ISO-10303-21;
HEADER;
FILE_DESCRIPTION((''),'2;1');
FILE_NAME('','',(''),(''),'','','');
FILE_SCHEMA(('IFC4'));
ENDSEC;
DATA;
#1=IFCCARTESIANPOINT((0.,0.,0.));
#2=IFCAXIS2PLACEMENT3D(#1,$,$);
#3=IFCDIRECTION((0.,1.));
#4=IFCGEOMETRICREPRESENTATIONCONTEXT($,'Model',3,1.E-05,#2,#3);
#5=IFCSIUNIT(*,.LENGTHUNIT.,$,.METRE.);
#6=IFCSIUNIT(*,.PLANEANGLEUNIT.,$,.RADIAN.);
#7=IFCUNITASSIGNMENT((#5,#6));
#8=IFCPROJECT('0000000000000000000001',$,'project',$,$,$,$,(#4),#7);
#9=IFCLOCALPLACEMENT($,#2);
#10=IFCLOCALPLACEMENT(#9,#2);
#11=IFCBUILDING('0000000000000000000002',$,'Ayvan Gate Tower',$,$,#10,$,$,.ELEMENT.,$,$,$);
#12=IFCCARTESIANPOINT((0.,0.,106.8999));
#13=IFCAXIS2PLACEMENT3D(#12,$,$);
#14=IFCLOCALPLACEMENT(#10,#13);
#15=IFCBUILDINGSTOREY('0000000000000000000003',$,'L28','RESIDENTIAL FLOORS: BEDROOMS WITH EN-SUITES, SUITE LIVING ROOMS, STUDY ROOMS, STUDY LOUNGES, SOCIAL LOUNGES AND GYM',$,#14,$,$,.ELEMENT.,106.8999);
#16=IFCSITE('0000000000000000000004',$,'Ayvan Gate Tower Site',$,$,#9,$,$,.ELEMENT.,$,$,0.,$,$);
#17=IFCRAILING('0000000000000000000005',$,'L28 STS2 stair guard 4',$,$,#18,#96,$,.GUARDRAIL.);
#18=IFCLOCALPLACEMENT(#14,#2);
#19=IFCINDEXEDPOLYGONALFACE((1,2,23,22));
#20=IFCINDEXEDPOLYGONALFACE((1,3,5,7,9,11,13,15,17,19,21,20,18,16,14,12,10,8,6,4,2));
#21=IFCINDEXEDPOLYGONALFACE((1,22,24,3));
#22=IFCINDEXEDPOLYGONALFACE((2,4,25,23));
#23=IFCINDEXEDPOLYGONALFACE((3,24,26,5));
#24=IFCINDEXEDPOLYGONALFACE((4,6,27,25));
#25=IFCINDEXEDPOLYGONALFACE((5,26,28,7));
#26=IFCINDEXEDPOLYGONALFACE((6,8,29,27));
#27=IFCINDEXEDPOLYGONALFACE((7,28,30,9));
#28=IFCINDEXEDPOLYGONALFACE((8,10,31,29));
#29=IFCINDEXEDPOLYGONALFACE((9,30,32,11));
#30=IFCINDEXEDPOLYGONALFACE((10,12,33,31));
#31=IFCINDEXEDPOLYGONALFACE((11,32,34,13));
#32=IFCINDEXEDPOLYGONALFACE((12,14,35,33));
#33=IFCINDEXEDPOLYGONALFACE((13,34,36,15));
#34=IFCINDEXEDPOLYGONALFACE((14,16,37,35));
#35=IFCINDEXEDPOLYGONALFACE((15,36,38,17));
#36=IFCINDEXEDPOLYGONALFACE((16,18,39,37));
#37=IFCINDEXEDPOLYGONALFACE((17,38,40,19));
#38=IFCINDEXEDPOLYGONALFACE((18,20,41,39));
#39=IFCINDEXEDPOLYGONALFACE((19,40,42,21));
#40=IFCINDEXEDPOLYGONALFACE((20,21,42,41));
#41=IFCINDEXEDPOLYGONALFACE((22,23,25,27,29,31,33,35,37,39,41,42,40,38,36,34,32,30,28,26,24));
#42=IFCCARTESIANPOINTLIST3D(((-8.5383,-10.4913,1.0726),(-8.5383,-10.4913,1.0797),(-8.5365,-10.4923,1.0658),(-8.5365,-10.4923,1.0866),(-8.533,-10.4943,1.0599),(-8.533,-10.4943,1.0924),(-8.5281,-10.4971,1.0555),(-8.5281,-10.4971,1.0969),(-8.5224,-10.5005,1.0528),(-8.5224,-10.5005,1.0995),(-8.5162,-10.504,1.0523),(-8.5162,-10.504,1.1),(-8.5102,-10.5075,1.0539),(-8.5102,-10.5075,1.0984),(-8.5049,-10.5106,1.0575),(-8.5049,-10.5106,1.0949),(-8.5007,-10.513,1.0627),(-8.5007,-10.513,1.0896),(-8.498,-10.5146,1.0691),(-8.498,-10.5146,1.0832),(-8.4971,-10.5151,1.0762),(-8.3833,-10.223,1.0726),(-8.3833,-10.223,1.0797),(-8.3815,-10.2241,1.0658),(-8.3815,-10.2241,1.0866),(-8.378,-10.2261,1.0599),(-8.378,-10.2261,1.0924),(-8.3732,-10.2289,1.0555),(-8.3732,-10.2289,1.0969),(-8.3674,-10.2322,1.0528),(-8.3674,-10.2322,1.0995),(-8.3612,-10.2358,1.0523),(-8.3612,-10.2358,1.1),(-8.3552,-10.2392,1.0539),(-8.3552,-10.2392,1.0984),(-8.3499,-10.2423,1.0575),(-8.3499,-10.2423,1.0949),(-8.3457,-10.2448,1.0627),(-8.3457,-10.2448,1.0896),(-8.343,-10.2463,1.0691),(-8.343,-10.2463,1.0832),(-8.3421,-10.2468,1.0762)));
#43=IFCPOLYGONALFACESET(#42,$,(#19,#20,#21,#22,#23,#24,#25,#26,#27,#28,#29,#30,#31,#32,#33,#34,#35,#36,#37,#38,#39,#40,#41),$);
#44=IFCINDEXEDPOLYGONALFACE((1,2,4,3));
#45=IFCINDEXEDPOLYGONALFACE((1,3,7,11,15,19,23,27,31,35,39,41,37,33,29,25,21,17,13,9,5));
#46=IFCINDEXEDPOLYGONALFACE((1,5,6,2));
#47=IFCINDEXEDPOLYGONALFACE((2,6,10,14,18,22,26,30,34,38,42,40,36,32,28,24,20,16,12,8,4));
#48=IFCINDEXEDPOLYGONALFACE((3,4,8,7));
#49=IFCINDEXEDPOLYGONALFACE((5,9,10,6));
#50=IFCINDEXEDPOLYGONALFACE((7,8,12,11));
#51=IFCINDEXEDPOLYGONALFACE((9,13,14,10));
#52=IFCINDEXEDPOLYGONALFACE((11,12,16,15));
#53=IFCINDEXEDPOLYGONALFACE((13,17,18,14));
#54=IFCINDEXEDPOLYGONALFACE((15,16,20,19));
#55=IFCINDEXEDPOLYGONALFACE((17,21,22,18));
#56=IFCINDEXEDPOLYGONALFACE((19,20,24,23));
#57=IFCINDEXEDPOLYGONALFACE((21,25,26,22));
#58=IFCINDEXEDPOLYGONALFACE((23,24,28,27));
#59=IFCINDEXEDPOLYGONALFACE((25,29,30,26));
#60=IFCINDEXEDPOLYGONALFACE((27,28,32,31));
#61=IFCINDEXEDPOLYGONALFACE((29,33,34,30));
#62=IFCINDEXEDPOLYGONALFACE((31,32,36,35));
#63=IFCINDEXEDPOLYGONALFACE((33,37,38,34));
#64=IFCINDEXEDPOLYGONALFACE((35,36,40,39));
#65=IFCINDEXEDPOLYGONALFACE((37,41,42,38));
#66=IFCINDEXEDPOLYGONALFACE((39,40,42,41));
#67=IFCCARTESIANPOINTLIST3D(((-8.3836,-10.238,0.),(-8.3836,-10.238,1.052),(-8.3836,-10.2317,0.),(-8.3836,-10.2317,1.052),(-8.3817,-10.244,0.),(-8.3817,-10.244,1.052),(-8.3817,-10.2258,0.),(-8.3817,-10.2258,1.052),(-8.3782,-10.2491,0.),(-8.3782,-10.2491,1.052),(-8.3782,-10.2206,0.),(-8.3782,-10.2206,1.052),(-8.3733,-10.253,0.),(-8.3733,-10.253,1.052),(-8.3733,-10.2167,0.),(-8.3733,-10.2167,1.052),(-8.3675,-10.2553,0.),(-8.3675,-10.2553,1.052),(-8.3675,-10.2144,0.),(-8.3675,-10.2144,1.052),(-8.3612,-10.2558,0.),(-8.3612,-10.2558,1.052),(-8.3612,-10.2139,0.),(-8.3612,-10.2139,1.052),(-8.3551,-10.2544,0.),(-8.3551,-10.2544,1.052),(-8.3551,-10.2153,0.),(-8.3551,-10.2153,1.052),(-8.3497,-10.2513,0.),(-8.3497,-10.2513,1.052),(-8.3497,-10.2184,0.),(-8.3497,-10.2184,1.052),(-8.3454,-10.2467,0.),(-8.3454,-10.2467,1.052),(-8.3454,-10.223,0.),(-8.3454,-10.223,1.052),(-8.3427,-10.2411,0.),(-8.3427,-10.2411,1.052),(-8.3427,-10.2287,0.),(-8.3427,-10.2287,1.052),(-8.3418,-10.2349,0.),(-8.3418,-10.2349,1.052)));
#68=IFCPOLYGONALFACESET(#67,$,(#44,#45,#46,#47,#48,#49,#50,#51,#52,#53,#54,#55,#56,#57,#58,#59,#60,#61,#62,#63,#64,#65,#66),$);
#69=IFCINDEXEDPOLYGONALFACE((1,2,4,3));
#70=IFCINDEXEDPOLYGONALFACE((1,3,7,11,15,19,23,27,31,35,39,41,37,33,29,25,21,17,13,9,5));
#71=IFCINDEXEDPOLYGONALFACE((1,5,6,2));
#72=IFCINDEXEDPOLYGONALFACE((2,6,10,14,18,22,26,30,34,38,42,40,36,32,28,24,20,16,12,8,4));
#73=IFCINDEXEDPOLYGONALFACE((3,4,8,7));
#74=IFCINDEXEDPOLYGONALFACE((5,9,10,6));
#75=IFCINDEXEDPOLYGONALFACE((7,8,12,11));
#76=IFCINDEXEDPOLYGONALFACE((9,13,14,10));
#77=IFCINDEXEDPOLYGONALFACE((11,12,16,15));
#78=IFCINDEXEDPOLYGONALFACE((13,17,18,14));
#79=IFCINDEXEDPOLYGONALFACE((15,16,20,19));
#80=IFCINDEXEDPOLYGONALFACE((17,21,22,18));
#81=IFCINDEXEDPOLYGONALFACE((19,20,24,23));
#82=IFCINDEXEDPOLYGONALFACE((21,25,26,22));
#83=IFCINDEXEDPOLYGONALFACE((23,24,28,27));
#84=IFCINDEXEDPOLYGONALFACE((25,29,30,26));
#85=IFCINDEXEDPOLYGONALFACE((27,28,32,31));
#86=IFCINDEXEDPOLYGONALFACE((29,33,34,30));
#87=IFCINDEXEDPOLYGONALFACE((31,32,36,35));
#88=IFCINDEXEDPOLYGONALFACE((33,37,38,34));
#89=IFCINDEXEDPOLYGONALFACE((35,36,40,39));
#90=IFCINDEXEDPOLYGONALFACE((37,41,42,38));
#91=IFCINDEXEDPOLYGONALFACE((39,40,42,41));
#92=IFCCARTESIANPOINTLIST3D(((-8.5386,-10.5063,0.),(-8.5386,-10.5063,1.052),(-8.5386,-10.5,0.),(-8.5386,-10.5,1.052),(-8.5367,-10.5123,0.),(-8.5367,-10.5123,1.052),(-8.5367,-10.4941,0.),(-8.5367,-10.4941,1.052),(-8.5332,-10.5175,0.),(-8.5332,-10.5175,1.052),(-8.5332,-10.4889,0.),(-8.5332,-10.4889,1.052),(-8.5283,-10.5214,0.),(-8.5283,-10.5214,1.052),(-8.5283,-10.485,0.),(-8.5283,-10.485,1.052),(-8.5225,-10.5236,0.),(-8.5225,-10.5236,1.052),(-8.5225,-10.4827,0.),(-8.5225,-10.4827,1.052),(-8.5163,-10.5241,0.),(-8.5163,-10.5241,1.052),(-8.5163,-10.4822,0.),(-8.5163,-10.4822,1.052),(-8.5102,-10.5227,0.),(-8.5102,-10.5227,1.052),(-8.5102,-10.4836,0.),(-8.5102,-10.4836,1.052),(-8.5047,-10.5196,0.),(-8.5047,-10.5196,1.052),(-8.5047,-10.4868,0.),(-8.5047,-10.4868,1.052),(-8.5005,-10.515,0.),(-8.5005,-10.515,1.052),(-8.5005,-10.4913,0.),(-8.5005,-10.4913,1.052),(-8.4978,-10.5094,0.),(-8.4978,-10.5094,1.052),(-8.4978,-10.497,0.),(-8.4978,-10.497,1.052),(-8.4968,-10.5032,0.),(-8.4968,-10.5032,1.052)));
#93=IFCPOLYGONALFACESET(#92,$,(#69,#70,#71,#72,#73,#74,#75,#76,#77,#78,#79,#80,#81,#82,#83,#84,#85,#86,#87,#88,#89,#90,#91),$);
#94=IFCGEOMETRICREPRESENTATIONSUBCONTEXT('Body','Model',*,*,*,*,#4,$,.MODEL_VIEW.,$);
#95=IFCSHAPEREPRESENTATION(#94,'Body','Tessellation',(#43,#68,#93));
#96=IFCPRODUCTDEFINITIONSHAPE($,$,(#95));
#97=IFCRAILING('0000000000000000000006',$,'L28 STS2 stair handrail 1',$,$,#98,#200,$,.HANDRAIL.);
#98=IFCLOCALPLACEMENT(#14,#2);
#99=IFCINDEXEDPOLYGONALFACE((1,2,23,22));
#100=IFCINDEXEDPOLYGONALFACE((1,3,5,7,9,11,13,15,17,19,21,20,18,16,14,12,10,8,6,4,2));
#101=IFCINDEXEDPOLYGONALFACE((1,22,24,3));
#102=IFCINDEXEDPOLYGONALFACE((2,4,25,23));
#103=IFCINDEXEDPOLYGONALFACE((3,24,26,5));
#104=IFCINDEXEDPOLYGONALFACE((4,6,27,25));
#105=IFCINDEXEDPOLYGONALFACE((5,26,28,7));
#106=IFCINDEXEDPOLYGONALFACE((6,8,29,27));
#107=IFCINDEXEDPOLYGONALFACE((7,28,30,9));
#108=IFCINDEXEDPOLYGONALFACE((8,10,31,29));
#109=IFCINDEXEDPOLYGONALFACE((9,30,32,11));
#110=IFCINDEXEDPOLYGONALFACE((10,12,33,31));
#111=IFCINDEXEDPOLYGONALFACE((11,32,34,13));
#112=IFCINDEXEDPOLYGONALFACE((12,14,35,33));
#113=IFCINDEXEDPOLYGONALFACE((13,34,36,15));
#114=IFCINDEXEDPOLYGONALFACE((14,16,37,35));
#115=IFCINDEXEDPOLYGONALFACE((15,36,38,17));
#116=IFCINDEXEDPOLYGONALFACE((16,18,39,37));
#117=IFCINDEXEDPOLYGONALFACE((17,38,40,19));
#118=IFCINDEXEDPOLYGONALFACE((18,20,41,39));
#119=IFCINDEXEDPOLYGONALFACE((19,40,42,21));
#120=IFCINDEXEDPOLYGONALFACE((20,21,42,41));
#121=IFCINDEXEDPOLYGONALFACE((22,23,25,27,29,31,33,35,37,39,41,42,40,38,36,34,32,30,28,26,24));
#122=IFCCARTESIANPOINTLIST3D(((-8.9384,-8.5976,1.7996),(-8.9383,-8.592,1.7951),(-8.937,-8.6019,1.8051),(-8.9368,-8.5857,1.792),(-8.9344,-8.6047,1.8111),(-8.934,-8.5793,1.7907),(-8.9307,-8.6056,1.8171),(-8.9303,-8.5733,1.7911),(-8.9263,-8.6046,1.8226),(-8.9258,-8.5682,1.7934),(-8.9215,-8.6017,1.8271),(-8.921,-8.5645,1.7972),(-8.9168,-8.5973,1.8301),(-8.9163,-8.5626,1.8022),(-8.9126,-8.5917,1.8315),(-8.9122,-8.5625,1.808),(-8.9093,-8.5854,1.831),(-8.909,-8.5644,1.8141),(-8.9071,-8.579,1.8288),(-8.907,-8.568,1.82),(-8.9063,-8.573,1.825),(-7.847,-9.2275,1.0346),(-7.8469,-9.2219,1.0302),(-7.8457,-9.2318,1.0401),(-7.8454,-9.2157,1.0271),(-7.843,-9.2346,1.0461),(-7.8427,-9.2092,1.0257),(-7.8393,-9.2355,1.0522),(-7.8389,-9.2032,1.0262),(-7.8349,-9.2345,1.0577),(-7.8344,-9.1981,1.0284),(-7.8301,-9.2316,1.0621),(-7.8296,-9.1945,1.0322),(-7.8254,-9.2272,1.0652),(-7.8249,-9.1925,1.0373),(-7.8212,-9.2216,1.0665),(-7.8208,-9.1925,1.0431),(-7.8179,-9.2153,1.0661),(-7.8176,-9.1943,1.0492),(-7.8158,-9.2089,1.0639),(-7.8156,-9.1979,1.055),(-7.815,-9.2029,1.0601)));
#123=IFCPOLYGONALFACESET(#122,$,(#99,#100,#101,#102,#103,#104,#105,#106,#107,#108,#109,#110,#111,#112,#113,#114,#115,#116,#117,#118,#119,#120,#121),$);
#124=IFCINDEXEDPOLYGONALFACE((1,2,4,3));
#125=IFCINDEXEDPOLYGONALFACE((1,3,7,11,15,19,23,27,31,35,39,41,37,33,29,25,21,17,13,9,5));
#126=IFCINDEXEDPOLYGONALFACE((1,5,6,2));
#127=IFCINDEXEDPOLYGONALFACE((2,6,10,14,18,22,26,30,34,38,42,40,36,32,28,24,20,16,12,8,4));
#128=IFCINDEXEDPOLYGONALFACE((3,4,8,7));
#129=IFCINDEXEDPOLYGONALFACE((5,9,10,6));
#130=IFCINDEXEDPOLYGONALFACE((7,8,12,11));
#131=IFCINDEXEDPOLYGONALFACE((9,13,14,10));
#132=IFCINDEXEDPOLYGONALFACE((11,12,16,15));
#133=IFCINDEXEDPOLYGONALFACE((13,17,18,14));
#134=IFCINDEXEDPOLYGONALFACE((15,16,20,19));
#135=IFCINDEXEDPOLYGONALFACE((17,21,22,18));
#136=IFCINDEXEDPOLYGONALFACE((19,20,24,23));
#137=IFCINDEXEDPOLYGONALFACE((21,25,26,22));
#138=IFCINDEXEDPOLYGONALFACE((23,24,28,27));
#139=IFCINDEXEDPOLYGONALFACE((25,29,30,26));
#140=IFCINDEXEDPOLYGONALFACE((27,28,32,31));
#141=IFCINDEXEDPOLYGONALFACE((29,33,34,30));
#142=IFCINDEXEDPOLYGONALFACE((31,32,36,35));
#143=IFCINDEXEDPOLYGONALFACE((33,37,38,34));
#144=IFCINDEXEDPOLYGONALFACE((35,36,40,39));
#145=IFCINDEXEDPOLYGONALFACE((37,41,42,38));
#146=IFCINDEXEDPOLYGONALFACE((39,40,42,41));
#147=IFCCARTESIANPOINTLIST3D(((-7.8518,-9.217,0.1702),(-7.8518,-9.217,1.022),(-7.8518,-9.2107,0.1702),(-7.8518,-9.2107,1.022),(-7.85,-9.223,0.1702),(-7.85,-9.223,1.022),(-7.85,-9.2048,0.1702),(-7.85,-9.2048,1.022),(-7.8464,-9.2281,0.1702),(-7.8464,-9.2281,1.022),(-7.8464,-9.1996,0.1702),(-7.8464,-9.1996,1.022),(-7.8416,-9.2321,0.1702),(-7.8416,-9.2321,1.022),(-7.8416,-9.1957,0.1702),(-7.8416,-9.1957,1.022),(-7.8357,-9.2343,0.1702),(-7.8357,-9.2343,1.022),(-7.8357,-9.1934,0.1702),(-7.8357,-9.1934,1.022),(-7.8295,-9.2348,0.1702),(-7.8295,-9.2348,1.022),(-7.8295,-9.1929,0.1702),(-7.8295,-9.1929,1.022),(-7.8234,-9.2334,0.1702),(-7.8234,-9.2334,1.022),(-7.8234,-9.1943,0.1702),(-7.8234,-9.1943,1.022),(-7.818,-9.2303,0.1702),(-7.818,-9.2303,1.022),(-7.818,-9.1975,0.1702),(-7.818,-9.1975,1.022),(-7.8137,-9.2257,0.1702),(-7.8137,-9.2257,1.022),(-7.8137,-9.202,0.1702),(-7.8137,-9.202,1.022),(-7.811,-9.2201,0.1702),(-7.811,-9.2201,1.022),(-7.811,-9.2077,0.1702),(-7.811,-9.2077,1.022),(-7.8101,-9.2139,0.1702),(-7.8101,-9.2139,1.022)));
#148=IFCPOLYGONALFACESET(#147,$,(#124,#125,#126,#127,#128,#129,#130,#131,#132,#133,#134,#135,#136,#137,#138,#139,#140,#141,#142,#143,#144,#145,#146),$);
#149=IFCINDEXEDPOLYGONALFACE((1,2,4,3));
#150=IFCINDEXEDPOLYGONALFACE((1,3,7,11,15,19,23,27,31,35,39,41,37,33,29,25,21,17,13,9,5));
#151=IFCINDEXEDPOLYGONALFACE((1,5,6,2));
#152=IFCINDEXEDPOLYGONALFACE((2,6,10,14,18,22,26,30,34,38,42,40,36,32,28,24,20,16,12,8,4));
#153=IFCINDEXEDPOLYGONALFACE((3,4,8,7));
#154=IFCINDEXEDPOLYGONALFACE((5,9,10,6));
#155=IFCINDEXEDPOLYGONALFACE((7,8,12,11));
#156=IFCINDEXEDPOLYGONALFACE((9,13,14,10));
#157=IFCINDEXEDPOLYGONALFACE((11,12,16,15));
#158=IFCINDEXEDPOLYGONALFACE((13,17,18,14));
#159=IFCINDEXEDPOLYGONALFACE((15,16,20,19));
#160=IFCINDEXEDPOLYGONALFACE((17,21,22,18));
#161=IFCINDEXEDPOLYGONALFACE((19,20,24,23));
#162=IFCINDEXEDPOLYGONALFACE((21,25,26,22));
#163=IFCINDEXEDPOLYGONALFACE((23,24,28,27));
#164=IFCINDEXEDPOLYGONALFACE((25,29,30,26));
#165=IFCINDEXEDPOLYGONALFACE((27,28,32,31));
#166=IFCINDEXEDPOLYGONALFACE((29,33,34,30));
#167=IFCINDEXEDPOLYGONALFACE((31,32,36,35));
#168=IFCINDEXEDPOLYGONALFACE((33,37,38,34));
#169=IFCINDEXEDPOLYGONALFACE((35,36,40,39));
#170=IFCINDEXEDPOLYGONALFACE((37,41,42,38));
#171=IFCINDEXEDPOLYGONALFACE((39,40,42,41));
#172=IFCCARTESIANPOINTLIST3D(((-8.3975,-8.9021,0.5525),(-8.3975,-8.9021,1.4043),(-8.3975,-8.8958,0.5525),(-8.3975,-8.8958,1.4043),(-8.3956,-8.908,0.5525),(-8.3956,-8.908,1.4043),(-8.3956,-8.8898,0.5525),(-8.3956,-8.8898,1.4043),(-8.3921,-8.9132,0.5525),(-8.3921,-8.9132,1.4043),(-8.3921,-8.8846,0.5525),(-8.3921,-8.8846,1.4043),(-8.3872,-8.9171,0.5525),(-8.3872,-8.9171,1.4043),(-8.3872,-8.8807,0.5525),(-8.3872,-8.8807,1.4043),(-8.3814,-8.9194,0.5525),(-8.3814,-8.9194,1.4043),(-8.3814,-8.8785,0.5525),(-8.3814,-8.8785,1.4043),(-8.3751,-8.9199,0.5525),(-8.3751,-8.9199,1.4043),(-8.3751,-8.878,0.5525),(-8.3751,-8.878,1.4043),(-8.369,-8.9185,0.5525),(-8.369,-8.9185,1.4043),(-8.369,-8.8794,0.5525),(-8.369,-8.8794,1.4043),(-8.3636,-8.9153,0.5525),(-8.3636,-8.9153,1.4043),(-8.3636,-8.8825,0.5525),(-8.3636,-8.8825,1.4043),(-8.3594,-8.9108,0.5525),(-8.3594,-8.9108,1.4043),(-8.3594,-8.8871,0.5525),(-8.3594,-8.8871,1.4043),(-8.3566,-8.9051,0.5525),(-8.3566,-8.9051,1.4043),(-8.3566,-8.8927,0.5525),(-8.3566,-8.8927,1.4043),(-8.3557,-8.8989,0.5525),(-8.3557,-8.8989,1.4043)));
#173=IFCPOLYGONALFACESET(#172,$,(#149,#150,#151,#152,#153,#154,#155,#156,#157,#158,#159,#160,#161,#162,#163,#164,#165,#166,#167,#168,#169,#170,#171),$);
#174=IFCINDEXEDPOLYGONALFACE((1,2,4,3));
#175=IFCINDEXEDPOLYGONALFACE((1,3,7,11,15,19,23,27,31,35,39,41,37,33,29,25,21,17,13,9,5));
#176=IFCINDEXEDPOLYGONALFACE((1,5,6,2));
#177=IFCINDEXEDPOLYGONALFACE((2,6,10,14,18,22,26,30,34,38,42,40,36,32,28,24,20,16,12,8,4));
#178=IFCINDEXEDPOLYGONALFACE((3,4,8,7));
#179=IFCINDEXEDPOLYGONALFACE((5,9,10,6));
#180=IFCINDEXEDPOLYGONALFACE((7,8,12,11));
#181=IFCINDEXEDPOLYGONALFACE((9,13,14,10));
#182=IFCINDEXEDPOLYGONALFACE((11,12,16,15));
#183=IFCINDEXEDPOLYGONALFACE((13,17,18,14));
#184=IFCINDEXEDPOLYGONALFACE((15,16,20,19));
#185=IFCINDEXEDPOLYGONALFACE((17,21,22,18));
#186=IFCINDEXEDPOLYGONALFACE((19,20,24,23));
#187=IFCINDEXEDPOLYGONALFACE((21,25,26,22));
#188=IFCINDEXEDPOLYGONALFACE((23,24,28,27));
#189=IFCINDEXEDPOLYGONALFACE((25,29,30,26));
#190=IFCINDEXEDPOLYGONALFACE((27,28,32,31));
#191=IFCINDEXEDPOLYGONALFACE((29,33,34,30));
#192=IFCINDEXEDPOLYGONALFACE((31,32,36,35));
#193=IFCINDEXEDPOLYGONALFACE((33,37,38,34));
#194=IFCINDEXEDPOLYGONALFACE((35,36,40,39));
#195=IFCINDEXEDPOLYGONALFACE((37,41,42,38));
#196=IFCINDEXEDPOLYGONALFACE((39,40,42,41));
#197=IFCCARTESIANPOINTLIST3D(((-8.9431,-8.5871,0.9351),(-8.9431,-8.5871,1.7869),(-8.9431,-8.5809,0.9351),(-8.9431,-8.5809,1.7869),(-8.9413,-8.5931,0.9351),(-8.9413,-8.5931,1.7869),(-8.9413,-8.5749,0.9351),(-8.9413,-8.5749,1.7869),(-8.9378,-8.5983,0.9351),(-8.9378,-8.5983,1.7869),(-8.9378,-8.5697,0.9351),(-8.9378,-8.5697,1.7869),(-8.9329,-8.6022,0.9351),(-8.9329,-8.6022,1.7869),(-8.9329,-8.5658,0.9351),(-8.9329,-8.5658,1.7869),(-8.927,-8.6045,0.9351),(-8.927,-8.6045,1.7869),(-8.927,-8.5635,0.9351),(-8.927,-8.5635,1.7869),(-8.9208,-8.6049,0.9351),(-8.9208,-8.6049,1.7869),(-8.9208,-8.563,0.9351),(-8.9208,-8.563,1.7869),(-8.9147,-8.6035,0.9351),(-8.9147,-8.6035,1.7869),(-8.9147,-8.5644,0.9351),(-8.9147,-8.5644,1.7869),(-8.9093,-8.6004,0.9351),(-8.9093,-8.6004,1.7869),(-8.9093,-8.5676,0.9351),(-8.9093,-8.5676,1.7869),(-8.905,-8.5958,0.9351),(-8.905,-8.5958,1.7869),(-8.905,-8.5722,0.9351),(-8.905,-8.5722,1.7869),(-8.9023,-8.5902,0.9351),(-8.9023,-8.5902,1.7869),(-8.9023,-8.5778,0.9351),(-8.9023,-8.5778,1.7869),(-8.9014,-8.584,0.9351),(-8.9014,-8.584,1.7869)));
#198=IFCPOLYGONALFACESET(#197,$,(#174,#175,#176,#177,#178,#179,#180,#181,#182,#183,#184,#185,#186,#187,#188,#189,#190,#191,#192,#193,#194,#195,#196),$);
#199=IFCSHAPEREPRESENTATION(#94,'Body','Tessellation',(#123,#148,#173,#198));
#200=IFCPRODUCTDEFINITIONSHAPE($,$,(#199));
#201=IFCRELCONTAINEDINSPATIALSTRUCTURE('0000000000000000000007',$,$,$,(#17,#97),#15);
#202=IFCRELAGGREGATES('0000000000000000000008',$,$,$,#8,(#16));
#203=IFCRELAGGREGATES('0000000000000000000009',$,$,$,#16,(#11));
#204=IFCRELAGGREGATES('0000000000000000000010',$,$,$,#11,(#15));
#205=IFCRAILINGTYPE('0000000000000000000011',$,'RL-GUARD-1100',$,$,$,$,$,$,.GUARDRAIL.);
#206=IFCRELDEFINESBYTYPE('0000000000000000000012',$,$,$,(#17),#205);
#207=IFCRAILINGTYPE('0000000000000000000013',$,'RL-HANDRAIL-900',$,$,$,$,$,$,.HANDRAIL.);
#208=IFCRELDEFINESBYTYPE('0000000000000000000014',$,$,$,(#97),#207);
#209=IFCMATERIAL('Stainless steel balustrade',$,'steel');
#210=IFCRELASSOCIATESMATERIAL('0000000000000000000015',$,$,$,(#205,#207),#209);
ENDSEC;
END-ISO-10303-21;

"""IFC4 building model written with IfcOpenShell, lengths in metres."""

from ifc_helpers import new_model, si_unit, direction, frame, origin, origin_2d, place, context, subcontext, project, spatial, circle, extrude, material, type_object, element, save


model = new_model("IFC4")

# Units and contexts
model_context = context("Model", 3, precision=1e-05, world=origin(), true_north=direction((0.0, 1.0)))
body_context = subcontext(model_context, "Body", "Model", "MODEL_VIEW")
ifc_project = project(units=[si_unit("LENGTHUNIT", "METRE"), si_unit("PLANEANGLEUNIT", "RADIAN")], contexts=[model_context])

# Site, building, storey
site_placement = place(None, origin())
site = spatial("IfcSite", under=ifc_project, at=site_placement, Name="Ayvan Gate Tower Site", CompositionType="ELEMENT", RefElevation=0.0)
building_placement = place(site_placement, origin())
building = spatial("IfcBuilding", under=site, at=building_placement, Name="Ayvan Gate Tower", CompositionType="ELEMENT")
storey_placement = place(building_placement, frame((0.0, 0.0, 106.8999)))
storey = spatial("IfcBuildingStorey", under=building, at=storey_placement, Name="L28", Description="RESIDENTIAL FLOORS: BEDROOMS WITH EN-SUITES, SUITE LIVING ROOMS, STUDY ROOMS, STUDY LOUNGES, SOCIAL LOUNGES AND GYM", CompositionType="ELEMENT", Elevation=106.8999)

# Railings
ifc_material_1 = material(Name="Stainless steel balustrade", Category="steel")
railing_type_1 = type_object("IfcRailingType", Name="RL-GUARD-1100", PredefinedType="GUARDRAIL", material=ifc_material_1)
railing_1_placement = place(storey_placement, frame((-8.3628, -10.2349, 0.0)))
element("IfcRailing", 1, at=railing_1_placement, inside=storey, type_object=railing_type_1, Name="L28 STS2 stair guard 4", PredefinedType="GUARDRAIL", context=body_context, shape_type="SweptSolid", body=[
    extrude(circle(Radius=0.0239, at=origin_2d()), frame((0.0, 0.0, 1.0762), z_axis=(-0.500291, -0.865857, 0.0), x_axis=(0.865857, -0.500291, 0.0)), (0.0, 0.0, 1.0), 0.3098),
    extrude(circle(Radius=0.021, at=origin_2d()), origin(), (0.0, 0.0, 1.0), 1.052),
    extrude(circle(Radius=0.021, at=origin_2d()), frame((-0.155, -0.2683, 0.0)), (0.0, 0.0, 1.0), 1.052),
])
railing_type_2 = type_object("IfcRailingType", Name="RL-HANDRAIL-900", PredefinedType="HANDRAIL", material=ifc_material_1)
railing_2_placement = place(storey_placement, frame((-7.8311, -9.2139, 0.1702)))
element("IfcRailing", 2, at=railing_2_placement, inside=storey, type_object=railing_type_2, Name="L28 STS2 stair handrail 1", PredefinedType="HANDRAIL", context=body_context, shape_type="SweptSolid", body=[
    extrude(circle(Radius=0.0239, at=origin_2d()), frame((0.0, 0.0, 0.876), z_axis=(-0.740357, 0.42732, 0.518912), x_axis=(-0.49989, -0.866089, 0.0)), (0.0, 0.0, 1.0), 1.4741),
    extrude(circle(Radius=0.021, at=origin_2d()), origin(), (0.0, 0.0, 1.0), 0.8518),
    extrude(circle(Radius=0.021, at=origin_2d()), frame((-0.5457, 0.3149, 0.3823)), (0.0, 0.0, 1.0), 0.8518),
    extrude(circle(Radius=0.021, at=origin_2d()), frame((-1.0913, 0.6299, 0.7649)), (0.0, 0.0, 1.0), 0.8518),
])

save(model, "model.ifc")
